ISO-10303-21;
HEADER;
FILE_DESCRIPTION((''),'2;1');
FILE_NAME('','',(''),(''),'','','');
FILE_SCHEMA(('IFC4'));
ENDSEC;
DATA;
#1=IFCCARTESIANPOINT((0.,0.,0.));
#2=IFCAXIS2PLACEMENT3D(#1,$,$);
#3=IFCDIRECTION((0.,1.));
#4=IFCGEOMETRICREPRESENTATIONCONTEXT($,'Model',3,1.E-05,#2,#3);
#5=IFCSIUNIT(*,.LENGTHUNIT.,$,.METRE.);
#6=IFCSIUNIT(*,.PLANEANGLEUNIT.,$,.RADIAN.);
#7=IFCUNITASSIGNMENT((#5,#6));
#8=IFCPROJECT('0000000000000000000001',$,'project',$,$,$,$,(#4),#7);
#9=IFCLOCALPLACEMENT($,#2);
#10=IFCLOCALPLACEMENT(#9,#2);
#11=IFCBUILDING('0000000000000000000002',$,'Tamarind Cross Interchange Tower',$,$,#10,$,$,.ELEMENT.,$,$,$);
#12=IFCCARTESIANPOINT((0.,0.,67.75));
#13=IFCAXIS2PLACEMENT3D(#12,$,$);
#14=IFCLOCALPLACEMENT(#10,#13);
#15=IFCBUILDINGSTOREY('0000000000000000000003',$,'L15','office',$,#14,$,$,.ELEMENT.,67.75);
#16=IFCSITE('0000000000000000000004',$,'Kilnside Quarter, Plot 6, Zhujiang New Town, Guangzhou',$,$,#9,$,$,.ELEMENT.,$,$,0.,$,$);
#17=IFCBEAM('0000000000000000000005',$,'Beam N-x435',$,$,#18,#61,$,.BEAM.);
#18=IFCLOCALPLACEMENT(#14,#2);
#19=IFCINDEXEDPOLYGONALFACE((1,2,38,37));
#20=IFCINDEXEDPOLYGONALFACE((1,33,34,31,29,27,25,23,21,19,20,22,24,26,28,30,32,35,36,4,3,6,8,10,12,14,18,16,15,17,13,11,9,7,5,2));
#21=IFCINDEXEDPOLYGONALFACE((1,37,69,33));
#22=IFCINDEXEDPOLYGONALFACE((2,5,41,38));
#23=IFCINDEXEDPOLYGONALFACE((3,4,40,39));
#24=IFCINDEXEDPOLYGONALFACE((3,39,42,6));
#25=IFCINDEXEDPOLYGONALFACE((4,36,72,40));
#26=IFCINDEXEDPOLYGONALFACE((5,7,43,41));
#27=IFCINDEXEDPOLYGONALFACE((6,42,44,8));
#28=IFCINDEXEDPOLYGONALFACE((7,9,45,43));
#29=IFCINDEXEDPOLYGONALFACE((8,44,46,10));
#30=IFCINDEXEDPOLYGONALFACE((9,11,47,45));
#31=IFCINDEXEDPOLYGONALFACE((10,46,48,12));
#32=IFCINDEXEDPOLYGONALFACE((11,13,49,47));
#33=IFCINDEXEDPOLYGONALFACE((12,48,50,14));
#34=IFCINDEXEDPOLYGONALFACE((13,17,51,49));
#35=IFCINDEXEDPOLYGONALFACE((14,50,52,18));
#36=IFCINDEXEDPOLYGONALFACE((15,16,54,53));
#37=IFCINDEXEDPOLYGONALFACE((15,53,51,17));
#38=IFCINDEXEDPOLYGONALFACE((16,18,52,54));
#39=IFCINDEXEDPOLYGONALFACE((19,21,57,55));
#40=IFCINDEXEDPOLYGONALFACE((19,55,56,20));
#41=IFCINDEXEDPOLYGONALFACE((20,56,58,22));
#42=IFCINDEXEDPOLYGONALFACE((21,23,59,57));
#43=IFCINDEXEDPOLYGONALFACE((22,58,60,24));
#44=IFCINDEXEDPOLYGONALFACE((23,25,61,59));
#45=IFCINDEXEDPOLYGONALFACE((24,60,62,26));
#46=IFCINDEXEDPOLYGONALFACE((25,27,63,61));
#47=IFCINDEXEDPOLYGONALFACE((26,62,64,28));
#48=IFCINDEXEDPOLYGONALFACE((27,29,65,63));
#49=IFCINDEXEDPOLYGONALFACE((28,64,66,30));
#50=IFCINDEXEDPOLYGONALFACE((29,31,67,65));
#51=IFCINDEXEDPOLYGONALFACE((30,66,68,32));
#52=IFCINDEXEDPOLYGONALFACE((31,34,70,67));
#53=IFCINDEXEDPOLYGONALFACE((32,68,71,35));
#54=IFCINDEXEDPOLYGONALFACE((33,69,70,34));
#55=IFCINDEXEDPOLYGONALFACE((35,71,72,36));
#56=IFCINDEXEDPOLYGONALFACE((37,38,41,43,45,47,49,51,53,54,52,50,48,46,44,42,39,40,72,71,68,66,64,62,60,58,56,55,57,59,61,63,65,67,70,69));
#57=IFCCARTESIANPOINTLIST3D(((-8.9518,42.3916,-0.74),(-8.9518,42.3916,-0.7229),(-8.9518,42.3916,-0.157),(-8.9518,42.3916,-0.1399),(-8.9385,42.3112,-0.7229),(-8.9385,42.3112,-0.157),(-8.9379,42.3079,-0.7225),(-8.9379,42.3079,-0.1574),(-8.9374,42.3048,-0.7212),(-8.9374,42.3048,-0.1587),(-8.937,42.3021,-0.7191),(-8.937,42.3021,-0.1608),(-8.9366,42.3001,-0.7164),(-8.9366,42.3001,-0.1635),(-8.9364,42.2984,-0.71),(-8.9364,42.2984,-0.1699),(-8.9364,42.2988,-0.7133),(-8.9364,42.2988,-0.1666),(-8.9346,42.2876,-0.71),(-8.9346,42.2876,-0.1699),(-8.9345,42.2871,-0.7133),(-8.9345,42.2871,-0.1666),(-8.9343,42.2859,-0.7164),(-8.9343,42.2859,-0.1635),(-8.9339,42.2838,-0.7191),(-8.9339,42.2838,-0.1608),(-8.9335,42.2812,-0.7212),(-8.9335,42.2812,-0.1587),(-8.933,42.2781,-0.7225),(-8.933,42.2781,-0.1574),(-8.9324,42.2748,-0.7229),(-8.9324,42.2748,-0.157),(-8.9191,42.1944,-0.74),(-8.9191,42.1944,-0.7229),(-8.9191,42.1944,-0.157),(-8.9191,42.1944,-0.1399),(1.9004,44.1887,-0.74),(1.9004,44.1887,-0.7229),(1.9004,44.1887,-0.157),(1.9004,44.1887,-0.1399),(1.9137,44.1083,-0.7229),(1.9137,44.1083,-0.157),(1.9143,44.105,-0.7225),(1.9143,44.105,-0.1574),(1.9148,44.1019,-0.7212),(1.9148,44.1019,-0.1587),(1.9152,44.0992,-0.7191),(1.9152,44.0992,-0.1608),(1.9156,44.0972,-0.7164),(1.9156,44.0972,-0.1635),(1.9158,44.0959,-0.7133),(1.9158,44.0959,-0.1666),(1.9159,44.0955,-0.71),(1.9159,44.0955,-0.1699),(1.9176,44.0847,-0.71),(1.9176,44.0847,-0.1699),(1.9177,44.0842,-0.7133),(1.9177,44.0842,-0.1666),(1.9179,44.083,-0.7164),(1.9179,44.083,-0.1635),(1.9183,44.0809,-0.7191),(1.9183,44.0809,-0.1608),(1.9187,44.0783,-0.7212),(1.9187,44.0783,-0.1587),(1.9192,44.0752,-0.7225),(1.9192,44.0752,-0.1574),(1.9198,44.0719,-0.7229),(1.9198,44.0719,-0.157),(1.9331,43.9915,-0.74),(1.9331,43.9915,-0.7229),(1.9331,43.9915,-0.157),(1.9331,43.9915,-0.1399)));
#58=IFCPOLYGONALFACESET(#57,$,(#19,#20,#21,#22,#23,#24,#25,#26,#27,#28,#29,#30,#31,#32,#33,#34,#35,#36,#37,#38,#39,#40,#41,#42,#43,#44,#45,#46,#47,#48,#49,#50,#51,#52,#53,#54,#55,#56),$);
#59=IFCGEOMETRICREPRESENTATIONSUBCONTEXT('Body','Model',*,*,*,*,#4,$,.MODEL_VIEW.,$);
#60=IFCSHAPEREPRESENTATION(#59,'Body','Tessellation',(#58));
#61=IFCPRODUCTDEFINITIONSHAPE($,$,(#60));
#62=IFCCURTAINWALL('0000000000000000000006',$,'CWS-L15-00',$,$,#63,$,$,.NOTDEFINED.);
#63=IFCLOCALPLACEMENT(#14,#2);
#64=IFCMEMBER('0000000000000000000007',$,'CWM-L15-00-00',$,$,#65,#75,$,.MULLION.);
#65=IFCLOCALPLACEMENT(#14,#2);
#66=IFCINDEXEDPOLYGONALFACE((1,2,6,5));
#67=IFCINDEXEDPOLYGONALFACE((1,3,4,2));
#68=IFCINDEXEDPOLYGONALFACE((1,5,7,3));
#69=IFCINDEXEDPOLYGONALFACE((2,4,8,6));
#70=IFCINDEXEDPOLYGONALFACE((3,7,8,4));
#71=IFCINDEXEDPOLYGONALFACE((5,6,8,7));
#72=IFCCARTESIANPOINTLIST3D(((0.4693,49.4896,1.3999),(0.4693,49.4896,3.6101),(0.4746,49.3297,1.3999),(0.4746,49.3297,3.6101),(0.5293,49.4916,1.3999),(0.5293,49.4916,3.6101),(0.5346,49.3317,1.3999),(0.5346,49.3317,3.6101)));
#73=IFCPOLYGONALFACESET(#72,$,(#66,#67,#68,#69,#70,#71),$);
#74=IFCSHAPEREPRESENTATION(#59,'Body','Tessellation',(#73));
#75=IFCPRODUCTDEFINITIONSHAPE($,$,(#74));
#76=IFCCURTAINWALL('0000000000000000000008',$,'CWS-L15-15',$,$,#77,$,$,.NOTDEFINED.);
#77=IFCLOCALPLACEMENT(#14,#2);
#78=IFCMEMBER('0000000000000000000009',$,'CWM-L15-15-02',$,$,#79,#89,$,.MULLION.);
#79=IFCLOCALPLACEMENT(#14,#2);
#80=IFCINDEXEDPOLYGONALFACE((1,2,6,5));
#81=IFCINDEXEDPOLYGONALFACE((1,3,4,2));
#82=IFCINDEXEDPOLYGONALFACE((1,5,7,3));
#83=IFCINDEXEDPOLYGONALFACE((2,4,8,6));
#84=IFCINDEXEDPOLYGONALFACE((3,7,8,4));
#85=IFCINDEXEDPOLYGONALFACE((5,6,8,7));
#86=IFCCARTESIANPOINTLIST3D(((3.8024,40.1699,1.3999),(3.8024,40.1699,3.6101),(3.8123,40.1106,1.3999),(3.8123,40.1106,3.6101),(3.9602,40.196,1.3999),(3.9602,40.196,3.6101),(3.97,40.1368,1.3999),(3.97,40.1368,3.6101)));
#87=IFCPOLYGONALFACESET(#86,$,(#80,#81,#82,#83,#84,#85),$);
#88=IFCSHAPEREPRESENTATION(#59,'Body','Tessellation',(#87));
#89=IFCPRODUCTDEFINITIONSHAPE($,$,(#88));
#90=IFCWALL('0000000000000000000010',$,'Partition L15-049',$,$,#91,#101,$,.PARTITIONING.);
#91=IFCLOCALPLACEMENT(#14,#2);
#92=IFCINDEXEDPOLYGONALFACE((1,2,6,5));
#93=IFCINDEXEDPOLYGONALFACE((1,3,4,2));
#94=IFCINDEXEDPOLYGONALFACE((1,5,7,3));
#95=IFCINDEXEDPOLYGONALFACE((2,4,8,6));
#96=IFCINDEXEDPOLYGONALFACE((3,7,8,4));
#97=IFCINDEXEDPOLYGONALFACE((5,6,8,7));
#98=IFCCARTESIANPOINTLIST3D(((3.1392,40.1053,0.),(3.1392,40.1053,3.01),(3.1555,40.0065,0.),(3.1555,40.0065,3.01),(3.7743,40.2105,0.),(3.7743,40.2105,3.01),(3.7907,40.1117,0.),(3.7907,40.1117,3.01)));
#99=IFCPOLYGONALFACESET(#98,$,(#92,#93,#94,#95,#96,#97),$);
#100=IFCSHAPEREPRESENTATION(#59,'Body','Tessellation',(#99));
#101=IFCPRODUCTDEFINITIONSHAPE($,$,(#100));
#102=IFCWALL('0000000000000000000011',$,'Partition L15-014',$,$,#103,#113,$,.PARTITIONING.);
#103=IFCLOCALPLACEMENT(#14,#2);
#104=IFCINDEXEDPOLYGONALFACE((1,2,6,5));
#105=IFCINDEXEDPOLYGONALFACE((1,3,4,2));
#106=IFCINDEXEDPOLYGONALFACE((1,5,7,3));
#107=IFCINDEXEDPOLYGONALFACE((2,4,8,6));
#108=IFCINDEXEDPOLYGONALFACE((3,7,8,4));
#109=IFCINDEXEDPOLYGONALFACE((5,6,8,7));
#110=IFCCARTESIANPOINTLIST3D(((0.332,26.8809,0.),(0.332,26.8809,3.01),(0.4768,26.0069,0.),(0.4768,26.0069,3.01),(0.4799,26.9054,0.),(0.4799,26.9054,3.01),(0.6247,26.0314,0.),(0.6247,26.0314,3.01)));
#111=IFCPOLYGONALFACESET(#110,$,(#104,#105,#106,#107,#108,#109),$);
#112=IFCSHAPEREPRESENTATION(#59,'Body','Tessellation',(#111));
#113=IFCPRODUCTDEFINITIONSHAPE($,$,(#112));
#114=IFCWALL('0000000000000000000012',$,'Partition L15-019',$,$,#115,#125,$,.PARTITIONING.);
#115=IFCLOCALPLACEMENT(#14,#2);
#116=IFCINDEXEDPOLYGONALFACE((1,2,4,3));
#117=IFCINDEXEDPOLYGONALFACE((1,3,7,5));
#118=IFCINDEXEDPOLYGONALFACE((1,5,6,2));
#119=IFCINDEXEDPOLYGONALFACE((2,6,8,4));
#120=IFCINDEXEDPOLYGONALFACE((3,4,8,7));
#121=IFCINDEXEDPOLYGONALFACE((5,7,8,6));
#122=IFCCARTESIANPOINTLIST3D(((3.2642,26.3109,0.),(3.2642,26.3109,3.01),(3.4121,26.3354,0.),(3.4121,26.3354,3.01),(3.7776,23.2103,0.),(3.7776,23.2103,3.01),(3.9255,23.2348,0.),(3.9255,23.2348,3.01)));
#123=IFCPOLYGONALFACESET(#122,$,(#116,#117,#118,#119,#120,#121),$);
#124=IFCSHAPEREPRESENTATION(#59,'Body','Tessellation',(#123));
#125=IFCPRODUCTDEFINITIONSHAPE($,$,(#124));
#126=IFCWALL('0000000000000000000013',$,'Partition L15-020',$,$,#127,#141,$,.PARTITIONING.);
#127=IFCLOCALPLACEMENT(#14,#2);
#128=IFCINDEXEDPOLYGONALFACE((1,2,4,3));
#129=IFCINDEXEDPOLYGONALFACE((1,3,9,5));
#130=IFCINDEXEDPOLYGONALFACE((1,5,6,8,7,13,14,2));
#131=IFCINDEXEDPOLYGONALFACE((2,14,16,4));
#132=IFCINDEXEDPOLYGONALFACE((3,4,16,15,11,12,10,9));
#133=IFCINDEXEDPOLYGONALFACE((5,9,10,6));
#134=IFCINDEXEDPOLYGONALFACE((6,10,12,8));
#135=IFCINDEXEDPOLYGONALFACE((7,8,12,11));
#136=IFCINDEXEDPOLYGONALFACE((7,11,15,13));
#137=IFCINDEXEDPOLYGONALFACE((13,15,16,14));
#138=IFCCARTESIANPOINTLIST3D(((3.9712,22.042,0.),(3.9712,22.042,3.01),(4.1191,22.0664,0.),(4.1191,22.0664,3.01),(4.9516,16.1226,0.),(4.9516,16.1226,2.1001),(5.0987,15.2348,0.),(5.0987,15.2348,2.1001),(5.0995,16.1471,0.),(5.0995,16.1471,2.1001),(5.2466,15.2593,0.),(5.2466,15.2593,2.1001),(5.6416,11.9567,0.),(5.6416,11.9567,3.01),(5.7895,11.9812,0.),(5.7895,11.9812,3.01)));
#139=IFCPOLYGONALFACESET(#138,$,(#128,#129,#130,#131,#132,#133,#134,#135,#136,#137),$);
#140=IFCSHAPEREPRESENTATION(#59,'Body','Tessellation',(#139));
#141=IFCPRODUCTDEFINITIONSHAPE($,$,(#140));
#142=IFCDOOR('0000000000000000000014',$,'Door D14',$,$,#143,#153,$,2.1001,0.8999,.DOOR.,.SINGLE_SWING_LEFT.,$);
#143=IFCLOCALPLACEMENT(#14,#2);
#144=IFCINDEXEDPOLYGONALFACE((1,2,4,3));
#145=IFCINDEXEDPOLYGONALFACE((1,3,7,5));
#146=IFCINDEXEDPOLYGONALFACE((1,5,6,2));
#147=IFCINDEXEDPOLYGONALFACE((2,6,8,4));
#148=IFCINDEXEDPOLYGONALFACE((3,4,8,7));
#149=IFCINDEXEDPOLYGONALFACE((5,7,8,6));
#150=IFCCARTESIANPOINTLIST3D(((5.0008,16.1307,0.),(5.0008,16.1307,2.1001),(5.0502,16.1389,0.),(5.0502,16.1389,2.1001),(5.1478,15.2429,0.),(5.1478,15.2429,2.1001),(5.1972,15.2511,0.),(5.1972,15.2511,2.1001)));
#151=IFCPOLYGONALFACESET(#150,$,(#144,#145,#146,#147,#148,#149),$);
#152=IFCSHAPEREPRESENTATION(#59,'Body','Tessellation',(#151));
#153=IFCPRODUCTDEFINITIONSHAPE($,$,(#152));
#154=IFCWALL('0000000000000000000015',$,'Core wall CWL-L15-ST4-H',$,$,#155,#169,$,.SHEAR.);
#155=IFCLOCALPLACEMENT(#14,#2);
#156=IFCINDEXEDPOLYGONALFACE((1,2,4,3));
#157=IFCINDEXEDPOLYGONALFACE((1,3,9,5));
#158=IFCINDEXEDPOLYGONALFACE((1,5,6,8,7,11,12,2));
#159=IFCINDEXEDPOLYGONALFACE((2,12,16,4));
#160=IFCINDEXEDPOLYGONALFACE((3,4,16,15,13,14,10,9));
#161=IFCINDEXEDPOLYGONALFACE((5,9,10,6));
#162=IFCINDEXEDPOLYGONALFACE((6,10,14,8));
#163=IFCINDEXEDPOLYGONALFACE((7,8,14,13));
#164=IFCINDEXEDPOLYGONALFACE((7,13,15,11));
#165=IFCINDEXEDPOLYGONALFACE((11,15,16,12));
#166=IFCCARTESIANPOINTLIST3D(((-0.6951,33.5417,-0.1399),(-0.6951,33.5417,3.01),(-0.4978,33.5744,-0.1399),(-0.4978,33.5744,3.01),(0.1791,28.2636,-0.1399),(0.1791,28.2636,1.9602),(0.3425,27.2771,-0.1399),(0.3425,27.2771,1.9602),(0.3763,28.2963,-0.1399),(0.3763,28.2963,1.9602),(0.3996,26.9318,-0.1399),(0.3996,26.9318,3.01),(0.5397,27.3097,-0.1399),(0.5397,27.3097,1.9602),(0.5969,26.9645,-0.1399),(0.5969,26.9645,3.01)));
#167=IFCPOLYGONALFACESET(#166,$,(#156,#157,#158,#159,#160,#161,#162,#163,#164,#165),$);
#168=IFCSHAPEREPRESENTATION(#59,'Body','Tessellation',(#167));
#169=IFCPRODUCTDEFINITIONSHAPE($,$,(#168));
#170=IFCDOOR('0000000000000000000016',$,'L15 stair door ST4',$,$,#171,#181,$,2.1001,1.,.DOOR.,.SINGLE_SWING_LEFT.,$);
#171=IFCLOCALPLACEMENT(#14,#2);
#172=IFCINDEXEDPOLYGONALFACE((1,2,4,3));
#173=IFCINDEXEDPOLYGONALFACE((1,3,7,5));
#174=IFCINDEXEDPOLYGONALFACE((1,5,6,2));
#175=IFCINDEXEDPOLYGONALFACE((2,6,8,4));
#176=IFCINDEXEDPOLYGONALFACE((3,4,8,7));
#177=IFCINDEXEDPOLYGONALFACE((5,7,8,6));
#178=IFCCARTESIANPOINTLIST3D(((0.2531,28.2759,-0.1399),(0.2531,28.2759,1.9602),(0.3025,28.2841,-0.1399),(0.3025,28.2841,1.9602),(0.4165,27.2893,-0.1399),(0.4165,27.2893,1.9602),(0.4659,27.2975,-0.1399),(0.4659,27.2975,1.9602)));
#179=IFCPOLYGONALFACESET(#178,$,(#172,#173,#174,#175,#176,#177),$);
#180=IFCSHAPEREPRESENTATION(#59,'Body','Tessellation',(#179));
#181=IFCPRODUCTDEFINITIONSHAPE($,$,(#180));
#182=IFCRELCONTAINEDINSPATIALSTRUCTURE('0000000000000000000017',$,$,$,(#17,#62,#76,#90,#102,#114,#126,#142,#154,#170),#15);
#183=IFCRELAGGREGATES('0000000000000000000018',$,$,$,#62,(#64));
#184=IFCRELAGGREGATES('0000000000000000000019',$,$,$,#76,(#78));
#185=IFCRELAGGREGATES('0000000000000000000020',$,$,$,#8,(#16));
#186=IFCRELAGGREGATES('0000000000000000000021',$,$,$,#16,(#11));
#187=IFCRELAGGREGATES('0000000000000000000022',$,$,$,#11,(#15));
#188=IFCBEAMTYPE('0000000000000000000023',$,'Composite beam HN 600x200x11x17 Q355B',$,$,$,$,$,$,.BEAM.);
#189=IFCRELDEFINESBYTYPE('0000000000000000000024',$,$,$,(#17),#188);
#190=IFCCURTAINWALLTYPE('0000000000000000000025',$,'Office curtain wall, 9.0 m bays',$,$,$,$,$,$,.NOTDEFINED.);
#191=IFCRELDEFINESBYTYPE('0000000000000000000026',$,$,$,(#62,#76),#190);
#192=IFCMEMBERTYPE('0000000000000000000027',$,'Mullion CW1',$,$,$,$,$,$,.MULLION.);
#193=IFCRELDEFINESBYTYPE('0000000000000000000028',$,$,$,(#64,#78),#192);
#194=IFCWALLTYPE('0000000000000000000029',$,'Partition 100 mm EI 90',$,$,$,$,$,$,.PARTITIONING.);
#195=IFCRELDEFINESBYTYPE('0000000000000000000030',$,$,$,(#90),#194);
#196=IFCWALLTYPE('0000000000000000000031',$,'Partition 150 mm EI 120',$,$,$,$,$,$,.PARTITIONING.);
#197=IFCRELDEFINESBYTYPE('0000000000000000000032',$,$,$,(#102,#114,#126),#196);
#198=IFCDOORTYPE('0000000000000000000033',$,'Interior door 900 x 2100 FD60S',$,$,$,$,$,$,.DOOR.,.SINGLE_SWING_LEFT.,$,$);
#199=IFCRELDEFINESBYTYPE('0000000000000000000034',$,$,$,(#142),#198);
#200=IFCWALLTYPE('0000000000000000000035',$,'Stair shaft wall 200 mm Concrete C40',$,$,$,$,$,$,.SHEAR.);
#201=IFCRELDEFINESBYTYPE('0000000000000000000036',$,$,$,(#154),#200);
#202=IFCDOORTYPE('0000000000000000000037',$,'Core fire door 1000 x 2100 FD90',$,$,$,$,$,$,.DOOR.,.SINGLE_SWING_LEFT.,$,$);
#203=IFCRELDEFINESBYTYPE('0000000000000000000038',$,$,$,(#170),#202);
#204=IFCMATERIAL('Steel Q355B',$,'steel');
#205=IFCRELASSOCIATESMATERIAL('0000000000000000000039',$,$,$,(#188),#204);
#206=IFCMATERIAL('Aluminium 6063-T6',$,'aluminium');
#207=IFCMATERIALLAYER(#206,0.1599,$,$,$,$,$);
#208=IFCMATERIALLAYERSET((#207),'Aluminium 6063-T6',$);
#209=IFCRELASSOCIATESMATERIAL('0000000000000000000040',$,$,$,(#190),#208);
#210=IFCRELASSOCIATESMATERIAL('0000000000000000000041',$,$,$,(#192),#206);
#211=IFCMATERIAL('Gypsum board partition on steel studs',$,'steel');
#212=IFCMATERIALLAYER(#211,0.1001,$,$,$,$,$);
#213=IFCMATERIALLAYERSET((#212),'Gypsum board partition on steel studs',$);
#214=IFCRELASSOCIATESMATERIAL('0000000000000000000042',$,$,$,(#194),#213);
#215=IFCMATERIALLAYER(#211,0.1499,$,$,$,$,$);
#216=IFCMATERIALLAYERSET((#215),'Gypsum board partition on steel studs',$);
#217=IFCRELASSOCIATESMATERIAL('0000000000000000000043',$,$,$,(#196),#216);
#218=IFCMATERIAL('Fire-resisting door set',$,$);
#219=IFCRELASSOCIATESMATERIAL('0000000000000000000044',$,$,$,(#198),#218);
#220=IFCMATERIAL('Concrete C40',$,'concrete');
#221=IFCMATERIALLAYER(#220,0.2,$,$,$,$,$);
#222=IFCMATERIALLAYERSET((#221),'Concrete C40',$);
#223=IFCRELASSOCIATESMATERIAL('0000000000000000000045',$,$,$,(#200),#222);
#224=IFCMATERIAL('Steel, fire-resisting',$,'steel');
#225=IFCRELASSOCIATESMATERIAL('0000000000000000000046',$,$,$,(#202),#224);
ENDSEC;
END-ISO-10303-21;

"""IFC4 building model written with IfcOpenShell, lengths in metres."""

from ifc_helpers import new_model, si_unit, direction, frame, frame_2d, origin, origin_2d, place, context, subcontext, project, spatial, rectangle, i_section, extrude, material, layer, layer_set, material_profile, profile_set, type_object, element, fill, aggregate, save


model = new_model("IFC4")

# Units and contexts
model_context = context("Model", 3, precision=1e-05, world=origin(), true_north=direction((0.0, 1.0)))
body_context = subcontext(model_context, "Body", "Model", "MODEL_VIEW")
ifc_project = project(units=[si_unit("LENGTHUNIT", "METRE"), si_unit("PLANEANGLEUNIT", "RADIAN")], contexts=[model_context])

# Site, building, storey
site_placement = place(None, origin())
site = spatial("IfcSite", under=ifc_project, at=site_placement, Name="Kilnside Quarter, Plot 6, Zhujiang New Town, Guangzhou", CompositionType="ELEMENT", RefElevation=0.0)
building_placement = place(site_placement, origin())
building = spatial("IfcBuilding", under=site, at=building_placement, Name="Tamarind Cross Interchange Tower", CompositionType="ELEMENT")
storey_placement = place(building_placement, frame((0.0, 0.0, 67.75)))
storey = spatial("IfcBuildingStorey", under=building, at=storey_placement, Name="L15", Description="office", CompositionType="ELEMENT", Elevation=67.75)

# Beam
ifc_material_1 = material(Name="Steel Q355B", Category="steel")
ifc_material_profile_1 = material_profile(ifc_material_1, i_section(OverallWidth=0.2, OverallDepth=0.6001, WebThickness=0.011, FlangeThickness=0.0171, FilletRadius=0.0129, at=origin_2d()), Name="HN 600x200x11x17")
ifc_profile_set_1 = profile_set([ifc_material_profile_1], Name="Steel Q355B")
beam_type_1 = type_object("IfcBeamType", Name="Composite beam HN 600x200x11x17 Q355B", PredefinedType="BEAM", material=ifc_profile_set_1)
beam_1_placement = place(storey_placement, frame((1.9167, 44.0901, -0.4399), z_axis=(-0.986564, -0.163373, 0.0), x_axis=(0.163373, -0.986564, 0.0)))
element("IfcBeam", 1, at=beam_1_placement, inside=storey, type_object=beam_type_1, Name="Beam N-x435", PredefinedType="BEAM", context=body_context, shape_type="SweptSolid", body=[
    extrude(i_section(OverallWidth=0.2, OverallDepth=0.6001, WebThickness=0.011, FlangeThickness=0.0171, FilletRadius=0.0129, at=origin_2d()), origin(), (0.0, 0.0, 1.0), 11.0),
])

# Curtain walls, members
ifc_material_2 = material(Name="Aluminium 6063-T6", Category="aluminium")
ifc_layer_1 = layer(ifc_material_2, 0.1599)
ifc_layer_set_1 = layer_set([ifc_layer_1], Name="Aluminium 6063-T6")
curtain_wall_type = type_object("IfcCurtainWallType", Name="Office curtain wall, 9.0 m bays", PredefinedType="NOTDEFINED", material=ifc_layer_set_1)
curtain_wall_1_placement = place(storey_placement, origin())
curtain_wall_1 = element("IfcCurtainWall", 2, at=curtain_wall_1_placement, inside=storey, type_object=curtain_wall_type, Name="CWS-L15-00", PredefinedType="NOTDEFINED")
ifc_material_profile_2 = material_profile(ifc_material_2, rectangle(XDim=0.0601, YDim=0.1599, at=origin_2d()), Name="Mullion CW1")
ifc_profile_set_2 = profile_set([ifc_material_profile_2], Name="Aluminium 6063-T6")
member_type = type_object("IfcMemberType", Name="Mullion CW1", PredefinedType="MULLION", material=ifc_profile_set_2)
member_1_placement = place(storey_placement, frame((0.502, 49.4106, 1.3999), z_axis=(0.0, 0.0, 1.0), x_axis=(-0.999448, -0.033211, 0.0)))
member_1 = element("IfcMember", 3, at=member_1_placement, type_object=member_type, Name="CWM-L15-00-00", PredefinedType="MULLION", context=body_context, shape_type="SweptSolid", body=[
    extrude(rectangle(XDim=0.0601, YDim=0.1599, at=origin_2d()), origin(), (0.0, 0.0, 1.0), 2.2102),
])
aggregate(curtain_wall_1, [member_1])
curtain_wall_2_placement = place(storey_placement, origin())
curtain_wall_2 = element("IfcCurtainWall", 4, at=curtain_wall_2_placement, inside=storey, type_object=curtain_wall_type, Name="CWS-L15-15", PredefinedType="NOTDEFINED")
member_2_placement = place(storey_placement, frame((3.8862, 40.1533, 1.3999), z_axis=(0.0, 0.0, 1.0), x_axis=(-0.163381, 0.986563, 0.0)))
member_2 = element("IfcMember", 5, at=member_2_placement, type_object=member_type, Name="CWM-L15-15-02", PredefinedType="MULLION", context=body_context, shape_type="SweptSolid", body=[
    extrude(rectangle(XDim=0.0601, YDim=0.1599, at=origin_2d()), origin(), (0.0, 0.0, 1.0), 2.2102),
])
aggregate(curtain_wall_2, [member_2])

# Walls
ifc_material_3 = material(Name="Gypsum board partition on steel studs", Category="steel")
ifc_layer_2 = layer(ifc_material_3, 0.1001)
ifc_layer_set_2 = layer_set([ifc_layer_2], Name="Gypsum board partition on steel studs")
wall_type_1 = type_object("IfcWallType", Name="Partition 100 mm EI 90", PredefinedType="PARTITIONING", material=ifc_layer_set_2)
wall_1_placement = place(storey_placement, frame((3.1475, 40.0559, 0.0), z_axis=(0.0, 0.0, 1.0), x_axis=(0.986557, 0.163415, 0.0)))
element("IfcWall", 6, at=wall_1_placement, inside=storey, type_object=wall_type_1, Name="Partition L15-049", PredefinedType="PARTITIONING", context=body_context, shape_type="SweptSolid", body=[
    extrude(rectangle(XDim=0.6438, YDim=0.1001, at=frame_2d((0.3218, 0.0))), origin(), (0.0, 0.0, 1.0), 3.01),
])
ifc_layer_3 = layer(ifc_material_3, 0.1499)
ifc_layer_set_3 = layer_set([ifc_layer_3], Name="Gypsum board partition on steel studs")
wall_type_2 = type_object("IfcWallType", Name="Partition 150 mm EI 120", PredefinedType="PARTITIONING", material=ifc_layer_set_3)
wall_2_placement = place(storey_placement, frame((0.406, 26.8931, 0.0), z_axis=(0.0, 0.0, 1.0), x_axis=(0.163416, -0.986557, 0.0)))
element("IfcWall", 7, at=wall_2_placement, inside=storey, type_object=wall_type_2, Name="Partition L15-014", PredefinedType="PARTITIONING", context=body_context, shape_type="SweptSolid", body=[
    extrude(rectangle(XDim=0.886, YDim=0.1499, at=frame_2d((0.4429, 0.0))), origin(), (0.0, 0.0, 1.0), 3.01),
])
wall_3_placement = place(storey_placement, frame((3.3381, 26.323, 0.0), z_axis=(0.0, 0.0, 1.0), x_axis=(0.163366, -0.986566, 0.0)))
element("IfcWall", 8, at=wall_3_placement, inside=storey, type_object=wall_type_2, Name="Partition L15-019", PredefinedType="PARTITIONING", context=body_context, shape_type="SweptSolid", body=[
    extrude(rectangle(XDim=3.1428, YDim=0.1499, at=frame_2d((1.5713, 0.0))), origin(), (0.0, 0.0, 1.0), 3.01),
])

# Walls, openings, doors
wall_4_placement = place(storey_placement, frame((4.0452, 22.0542, 0.0), z_axis=(0.0, 0.0, 1.0), x_axis=(0.163404, -0.986559, 0.0)))
wall_4 = element("IfcWall", 9, at=wall_4_placement, inside=storey, type_object=wall_type_2, Name="Partition L15-020", PredefinedType="PARTITIONING", context=body_context, shape_type="SweptSolid", body=[
    extrude(rectangle(XDim=10.2227, YDim=0.1499, at=frame_2d((5.1113, 0.0))), origin(), (0.0, 0.0, 1.0), 3.01),
])
opening_1_placement = place(wall_4_placement, frame((6.0, 0.0, 0.0)))
opening_1 = element("IfcOpeningElement", 10, at=opening_1_placement, cuts=wall_4, PredefinedType="OPENING", context=body_context, shape_type="SweptSolid", body=[
    extrude(rectangle(XDim=0.8999, YDim=2.1001, at=frame_2d((0.45, 1.05))), frame((0.0, 0.085, 0.0), z_axis=(0.0, -1.0, 0.0), x_axis=(1.0, 0.0, 0.0)), (0.0, 0.0, 1.0), 0.1699),
])
ifc_material_4 = material(Name="Fire-resisting door set")
door_type_1 = type_object("IfcDoorType", Name="Interior door 900 x 2100 FD60S", OperationType="SINGLE_SWING_LEFT", PredefinedType="DOOR", material=ifc_material_4)
door_1_placement = place(opening_1_placement, origin())
door_1 = element("IfcDoor", 11, at=door_1_placement, inside=storey, type_object=door_type_1, Name="Door D14", OperationType="SINGLE_SWING_LEFT", OverallHeight=2.1001, OverallWidth=0.8999, PredefinedType="DOOR", context=body_context, shape_type="SweptSolid", body=[
    extrude(rectangle(XDim=0.8999, YDim=2.1001, at=frame_2d((0.45, 1.05))), frame((0.0, 0.0249, 0.0), z_axis=(0.0, -1.0, 0.0), x_axis=(1.0, 0.0, 0.0)), (0.0, 0.0, 1.0), 0.05),
])
fill(opening_1, door_1)
ifc_material_5 = material(Name="Concrete C40", Category="concrete")
ifc_layer_4 = layer(ifc_material_5, 0.2)
ifc_layer_set_4 = layer_set([ifc_layer_4], Name="Concrete C40")
wall_type_3 = type_object("IfcWallType", Name="Stair shaft wall 200 mm Concrete C40", PredefinedType="SHEAR", material=ifc_layer_set_4)
wall_5_placement = place(storey_placement, frame((0.4983, 26.948, -0.1399), z_axis=(0.0, 0.0, 1.0), x_axis=(-0.163394, 0.986561, 0.0)))
wall_5 = element("IfcWall", 12, at=wall_5_placement, inside=storey, type_object=wall_type_3, Name="Core wall CWL-L15-ST4-H", PredefinedType="SHEAR", context=body_context, shape_type="SweptSolid", body=[
    extrude(rectangle(XDim=6.7, YDim=0.2, at=frame_2d((3.3501, 0.0))), origin(), (0.0, 0.0, 1.0), 3.1499),
])
opening_2_placement = place(wall_5_placement, frame((0.3501, 0.0, 0.0)))
opening_2 = element("IfcOpeningElement", 13, at=opening_2_placement, cuts=wall_5, PredefinedType="OPENING", context=body_context, shape_type="SweptSolid", body=[
    extrude(rectangle(XDim=1.0, YDim=2.1001, at=frame_2d((0.5, 1.05))), frame((0.0, 0.1099, 0.0), z_axis=(0.0, -1.0, 0.0), x_axis=(1.0, 0.0, 0.0)), (0.0, 0.0, 1.0), 0.22),
])
ifc_material_6 = material(Name="Steel, fire-resisting", Category="steel")
door_type_2 = type_object("IfcDoorType", Name="Core fire door 1000 x 2100 FD90", OperationType="SINGLE_SWING_LEFT", PredefinedType="DOOR", material=ifc_material_6)
door_2_placement = place(opening_2_placement, origin())
door_2 = element("IfcDoor", 14, at=door_2_placement, inside=storey, type_object=door_type_2, Name="L15 stair door ST4", OperationType="SINGLE_SWING_LEFT", OverallHeight=2.1001, OverallWidth=1.0, PredefinedType="DOOR", context=body_context, shape_type="SweptSolid", body=[
    extrude(rectangle(XDim=1.0, YDim=2.1001, at=frame_2d((0.5, 1.05))), frame((0.0, 0.0249, 0.0), z_axis=(0.0, -1.0, 0.0), x_axis=(1.0, 0.0, 0.0)), (0.0, 0.0, 1.0), 0.05),
])
fill(opening_2, door_2)

save(model, "model.ifc")
